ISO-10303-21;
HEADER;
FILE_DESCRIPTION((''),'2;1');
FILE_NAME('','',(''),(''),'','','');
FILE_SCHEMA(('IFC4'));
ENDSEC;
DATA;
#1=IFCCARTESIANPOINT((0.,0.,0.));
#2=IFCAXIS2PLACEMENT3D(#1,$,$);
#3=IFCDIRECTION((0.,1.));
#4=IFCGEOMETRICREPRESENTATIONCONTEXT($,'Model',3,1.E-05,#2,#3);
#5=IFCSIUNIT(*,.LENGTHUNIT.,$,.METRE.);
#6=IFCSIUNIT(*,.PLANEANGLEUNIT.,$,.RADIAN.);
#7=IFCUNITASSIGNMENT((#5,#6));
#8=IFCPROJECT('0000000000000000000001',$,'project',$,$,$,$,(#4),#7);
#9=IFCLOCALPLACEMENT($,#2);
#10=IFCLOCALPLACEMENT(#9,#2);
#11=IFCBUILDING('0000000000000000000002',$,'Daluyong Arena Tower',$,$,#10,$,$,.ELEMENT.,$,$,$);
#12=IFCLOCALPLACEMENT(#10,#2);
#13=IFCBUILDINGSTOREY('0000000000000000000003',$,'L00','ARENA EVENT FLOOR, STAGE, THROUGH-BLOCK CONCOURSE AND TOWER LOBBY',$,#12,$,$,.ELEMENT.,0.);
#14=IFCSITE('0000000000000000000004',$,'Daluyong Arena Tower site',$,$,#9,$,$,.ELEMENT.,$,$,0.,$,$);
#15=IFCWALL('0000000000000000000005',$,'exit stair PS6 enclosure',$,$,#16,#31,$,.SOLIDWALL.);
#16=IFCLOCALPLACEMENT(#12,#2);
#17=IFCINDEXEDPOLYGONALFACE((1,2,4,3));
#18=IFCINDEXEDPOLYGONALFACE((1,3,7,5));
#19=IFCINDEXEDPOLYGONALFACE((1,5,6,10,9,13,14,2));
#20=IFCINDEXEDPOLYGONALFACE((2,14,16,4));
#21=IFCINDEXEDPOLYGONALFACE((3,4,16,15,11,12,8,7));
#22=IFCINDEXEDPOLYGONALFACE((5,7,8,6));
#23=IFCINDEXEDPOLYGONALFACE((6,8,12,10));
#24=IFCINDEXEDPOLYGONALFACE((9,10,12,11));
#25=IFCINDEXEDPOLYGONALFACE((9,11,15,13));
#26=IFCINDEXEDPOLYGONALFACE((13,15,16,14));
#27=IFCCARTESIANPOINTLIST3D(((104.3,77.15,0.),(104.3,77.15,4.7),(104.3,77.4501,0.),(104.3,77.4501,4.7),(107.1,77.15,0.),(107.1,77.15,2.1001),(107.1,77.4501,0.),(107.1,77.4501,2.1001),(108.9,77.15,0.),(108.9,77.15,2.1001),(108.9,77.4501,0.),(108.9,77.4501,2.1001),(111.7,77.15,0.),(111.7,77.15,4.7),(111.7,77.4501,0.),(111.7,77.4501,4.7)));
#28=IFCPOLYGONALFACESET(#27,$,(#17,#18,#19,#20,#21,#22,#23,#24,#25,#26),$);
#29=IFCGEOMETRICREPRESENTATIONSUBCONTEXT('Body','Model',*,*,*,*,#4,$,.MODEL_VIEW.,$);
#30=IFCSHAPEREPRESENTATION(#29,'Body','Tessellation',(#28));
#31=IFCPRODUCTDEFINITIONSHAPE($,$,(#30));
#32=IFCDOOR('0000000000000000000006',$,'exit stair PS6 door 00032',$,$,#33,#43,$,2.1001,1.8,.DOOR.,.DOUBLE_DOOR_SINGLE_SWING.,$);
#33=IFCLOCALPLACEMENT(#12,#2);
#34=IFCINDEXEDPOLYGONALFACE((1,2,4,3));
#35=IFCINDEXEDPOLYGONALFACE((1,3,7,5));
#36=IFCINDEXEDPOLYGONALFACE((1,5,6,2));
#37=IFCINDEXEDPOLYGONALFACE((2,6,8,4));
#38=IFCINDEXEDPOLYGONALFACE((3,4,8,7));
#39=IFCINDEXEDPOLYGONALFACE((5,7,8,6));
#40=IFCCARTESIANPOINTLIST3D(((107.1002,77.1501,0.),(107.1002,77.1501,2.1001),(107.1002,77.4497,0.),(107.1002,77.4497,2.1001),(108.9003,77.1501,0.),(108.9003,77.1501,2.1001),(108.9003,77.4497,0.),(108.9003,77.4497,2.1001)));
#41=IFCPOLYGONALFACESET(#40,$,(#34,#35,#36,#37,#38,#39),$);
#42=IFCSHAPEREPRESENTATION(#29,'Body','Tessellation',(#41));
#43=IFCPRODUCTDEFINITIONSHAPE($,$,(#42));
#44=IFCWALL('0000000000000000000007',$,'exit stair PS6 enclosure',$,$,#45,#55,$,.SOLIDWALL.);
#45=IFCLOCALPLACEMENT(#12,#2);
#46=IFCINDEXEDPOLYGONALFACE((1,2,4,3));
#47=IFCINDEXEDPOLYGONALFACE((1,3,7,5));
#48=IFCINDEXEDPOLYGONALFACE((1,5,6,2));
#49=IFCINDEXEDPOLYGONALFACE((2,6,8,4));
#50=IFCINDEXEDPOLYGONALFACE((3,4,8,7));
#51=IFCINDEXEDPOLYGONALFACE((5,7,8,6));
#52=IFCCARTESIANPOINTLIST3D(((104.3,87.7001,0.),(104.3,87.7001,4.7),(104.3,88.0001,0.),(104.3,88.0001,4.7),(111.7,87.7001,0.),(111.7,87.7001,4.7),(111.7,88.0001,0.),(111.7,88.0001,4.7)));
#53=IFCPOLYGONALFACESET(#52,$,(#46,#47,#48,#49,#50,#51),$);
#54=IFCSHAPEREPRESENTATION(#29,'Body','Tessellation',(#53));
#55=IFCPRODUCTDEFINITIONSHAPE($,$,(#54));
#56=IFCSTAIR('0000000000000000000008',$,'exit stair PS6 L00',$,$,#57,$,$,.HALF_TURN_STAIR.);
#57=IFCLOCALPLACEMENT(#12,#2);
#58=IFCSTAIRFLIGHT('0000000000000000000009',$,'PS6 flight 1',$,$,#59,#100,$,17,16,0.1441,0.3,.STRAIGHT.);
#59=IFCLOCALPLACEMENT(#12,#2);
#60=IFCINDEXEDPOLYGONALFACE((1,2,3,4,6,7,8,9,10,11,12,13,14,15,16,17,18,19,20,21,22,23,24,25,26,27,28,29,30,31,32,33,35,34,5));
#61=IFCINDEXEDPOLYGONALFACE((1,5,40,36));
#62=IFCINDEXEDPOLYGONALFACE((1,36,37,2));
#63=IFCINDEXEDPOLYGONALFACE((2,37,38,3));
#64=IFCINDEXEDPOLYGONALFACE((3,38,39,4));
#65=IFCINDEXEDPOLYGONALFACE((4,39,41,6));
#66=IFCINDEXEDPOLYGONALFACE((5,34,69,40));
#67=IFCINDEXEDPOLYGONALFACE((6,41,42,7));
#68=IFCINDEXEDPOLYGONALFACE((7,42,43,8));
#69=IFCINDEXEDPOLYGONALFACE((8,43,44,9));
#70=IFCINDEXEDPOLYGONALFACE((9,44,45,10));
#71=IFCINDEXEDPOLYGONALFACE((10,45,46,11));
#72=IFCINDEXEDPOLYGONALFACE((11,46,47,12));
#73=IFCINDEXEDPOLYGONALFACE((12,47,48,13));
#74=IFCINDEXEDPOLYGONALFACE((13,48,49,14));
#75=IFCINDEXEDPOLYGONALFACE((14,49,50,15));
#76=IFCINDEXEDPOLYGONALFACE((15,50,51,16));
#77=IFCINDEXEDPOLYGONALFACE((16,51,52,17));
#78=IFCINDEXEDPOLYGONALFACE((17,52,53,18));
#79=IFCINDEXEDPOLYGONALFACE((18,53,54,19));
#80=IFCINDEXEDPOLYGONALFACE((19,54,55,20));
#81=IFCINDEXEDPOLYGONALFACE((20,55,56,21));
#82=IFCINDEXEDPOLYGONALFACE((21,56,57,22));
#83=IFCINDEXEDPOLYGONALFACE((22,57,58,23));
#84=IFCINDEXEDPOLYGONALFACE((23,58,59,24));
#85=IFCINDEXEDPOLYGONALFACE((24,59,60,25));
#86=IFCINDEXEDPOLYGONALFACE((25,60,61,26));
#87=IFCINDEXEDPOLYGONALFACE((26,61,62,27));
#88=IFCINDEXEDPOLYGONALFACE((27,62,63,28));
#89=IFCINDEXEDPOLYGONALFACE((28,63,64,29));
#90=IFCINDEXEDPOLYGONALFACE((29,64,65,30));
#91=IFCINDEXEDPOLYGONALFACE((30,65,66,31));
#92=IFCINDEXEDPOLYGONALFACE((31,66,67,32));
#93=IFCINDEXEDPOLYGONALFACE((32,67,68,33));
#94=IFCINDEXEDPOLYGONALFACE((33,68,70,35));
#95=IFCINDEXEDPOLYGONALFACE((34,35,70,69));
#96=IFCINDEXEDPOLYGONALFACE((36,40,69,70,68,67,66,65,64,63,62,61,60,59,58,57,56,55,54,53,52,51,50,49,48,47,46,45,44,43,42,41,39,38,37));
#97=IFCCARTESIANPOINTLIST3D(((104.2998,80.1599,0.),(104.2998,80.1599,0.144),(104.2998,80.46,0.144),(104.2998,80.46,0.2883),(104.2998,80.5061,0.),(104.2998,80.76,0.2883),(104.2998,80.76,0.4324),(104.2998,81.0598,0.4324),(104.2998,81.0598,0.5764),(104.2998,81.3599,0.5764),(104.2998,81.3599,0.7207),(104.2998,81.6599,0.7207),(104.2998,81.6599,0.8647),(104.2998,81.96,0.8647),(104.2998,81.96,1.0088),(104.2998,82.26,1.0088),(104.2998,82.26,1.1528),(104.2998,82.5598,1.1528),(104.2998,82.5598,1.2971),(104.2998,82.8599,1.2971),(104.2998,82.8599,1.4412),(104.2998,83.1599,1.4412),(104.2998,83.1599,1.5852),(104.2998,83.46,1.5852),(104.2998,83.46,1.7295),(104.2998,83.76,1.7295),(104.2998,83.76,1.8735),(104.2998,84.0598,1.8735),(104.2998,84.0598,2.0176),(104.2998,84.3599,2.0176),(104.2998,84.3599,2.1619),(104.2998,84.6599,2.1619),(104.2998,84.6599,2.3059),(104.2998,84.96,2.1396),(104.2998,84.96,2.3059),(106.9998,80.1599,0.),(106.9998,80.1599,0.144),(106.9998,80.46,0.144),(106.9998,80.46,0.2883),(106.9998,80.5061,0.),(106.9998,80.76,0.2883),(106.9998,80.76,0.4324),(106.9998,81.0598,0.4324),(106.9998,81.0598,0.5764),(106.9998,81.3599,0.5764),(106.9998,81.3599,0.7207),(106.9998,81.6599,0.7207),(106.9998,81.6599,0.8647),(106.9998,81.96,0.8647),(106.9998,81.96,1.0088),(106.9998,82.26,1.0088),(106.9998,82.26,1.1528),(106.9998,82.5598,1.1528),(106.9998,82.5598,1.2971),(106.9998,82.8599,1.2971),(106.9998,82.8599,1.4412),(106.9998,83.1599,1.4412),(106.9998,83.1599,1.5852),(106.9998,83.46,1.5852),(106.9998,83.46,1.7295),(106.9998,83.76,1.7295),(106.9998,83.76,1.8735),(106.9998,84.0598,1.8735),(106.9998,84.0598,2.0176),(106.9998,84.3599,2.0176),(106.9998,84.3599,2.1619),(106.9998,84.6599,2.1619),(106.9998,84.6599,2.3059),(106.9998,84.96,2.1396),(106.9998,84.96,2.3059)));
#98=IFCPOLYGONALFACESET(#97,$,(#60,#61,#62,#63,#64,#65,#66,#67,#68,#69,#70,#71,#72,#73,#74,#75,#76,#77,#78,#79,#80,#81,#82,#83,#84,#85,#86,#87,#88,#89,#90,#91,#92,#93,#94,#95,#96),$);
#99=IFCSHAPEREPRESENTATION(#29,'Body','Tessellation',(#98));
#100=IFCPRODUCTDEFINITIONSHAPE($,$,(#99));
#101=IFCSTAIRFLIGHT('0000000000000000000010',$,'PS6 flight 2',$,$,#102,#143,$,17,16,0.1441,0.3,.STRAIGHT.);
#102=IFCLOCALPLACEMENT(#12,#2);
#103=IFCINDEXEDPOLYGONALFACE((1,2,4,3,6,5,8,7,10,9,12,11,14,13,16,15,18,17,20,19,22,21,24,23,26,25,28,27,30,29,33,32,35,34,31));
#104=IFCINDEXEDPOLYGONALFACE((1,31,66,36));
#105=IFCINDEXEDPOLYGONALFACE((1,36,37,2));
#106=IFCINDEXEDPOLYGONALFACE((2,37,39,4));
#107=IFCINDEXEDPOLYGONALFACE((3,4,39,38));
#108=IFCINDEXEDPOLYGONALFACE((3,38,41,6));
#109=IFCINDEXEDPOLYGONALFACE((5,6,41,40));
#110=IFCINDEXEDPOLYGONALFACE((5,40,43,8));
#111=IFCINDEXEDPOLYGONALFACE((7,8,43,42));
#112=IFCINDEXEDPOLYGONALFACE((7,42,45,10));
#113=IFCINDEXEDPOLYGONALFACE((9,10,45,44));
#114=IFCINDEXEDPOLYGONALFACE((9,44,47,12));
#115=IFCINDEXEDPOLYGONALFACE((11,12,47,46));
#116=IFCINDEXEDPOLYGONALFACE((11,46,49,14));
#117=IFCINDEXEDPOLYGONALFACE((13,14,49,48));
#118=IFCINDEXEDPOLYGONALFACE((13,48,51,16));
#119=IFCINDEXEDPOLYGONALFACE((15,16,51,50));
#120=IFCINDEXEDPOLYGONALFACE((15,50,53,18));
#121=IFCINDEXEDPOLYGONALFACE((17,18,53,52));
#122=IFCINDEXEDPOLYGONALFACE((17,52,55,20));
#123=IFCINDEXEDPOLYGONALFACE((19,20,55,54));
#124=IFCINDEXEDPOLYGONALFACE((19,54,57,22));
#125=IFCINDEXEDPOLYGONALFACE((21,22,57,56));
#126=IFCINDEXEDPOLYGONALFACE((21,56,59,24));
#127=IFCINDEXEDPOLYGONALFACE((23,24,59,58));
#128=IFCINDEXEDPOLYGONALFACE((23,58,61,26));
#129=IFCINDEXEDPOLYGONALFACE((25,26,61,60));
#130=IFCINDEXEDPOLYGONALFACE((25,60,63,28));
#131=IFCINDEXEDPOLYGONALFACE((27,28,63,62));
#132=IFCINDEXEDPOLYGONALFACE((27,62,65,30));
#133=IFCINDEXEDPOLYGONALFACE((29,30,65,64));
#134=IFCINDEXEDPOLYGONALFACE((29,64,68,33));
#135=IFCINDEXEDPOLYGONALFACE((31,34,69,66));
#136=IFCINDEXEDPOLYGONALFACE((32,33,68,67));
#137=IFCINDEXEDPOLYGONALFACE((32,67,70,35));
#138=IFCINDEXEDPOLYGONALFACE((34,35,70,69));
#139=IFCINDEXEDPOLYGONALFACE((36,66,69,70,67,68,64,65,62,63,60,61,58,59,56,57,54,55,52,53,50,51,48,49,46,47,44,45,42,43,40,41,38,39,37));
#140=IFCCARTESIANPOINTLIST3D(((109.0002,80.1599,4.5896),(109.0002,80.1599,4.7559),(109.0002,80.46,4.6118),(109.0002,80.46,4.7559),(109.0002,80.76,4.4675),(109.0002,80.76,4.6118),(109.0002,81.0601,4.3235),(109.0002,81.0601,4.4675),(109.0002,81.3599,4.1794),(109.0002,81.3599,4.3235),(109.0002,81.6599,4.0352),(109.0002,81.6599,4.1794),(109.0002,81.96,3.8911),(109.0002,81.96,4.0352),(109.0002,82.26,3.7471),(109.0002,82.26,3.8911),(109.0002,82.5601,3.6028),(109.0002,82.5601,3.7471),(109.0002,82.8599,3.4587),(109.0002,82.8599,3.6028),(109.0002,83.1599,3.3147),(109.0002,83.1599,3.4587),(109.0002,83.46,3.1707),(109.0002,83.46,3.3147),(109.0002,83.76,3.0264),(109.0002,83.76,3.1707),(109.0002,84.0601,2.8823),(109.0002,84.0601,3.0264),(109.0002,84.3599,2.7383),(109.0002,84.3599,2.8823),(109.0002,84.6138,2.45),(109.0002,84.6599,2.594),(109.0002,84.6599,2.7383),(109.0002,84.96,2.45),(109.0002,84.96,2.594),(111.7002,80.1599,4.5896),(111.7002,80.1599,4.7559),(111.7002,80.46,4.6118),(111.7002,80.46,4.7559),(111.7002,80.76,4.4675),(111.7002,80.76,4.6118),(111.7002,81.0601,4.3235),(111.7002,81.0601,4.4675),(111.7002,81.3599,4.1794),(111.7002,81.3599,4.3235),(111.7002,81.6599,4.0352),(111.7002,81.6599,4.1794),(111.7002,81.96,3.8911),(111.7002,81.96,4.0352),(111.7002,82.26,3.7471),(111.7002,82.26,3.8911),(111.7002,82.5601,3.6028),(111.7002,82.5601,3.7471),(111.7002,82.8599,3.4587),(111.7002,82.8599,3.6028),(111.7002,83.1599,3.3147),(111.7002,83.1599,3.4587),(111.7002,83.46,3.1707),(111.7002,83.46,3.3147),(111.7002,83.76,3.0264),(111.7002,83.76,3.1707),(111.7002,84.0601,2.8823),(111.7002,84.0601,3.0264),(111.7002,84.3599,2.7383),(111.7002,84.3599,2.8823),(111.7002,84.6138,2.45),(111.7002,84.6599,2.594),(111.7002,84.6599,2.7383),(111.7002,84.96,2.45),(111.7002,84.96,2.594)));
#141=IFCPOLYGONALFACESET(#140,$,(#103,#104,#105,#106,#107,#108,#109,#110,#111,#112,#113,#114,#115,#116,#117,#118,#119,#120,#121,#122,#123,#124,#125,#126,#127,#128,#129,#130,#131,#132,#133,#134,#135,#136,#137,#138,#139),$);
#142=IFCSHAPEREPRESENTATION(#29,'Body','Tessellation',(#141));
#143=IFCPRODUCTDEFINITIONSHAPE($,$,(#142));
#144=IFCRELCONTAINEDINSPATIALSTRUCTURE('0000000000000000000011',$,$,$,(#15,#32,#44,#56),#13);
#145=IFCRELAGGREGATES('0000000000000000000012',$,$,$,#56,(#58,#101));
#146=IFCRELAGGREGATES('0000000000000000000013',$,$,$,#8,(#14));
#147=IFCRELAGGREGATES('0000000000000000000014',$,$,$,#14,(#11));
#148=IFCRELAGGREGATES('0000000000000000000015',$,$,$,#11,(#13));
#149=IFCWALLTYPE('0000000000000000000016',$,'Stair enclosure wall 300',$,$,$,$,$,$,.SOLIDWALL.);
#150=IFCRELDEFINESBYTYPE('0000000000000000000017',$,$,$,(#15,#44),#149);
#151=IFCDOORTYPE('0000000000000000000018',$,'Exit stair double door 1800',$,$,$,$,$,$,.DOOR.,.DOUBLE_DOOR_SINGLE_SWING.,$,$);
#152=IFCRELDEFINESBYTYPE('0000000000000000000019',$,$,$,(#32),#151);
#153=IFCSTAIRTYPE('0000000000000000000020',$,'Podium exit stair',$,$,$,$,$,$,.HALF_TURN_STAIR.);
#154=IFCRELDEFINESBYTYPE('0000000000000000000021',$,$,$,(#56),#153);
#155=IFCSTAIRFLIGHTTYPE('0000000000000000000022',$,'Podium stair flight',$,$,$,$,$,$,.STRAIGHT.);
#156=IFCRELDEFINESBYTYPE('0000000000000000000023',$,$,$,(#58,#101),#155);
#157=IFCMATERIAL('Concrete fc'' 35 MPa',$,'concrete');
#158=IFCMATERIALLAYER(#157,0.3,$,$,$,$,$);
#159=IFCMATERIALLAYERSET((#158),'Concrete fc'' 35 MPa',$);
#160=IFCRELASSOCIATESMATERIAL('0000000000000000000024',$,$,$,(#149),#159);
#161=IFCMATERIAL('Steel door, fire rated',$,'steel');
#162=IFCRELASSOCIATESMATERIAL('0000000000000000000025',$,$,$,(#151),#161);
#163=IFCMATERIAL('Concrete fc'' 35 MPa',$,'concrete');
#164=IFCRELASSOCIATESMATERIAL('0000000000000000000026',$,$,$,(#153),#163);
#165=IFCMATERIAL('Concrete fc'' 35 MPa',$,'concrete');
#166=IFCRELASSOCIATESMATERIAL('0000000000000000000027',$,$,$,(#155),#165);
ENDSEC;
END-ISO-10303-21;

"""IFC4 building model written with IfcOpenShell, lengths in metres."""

from ifc_helpers import new_model, si_unit, direction, frame, frame_2d, origin, place, context, subcontext, project, spatial, polyline, rectangle, outline, extrude, material, layer, layer_set, type_object, element, fill, aggregate, save


model = new_model("IFC4")

# Units and contexts
model_context = context("Model", 3, precision=1e-05, world=origin(), true_north=direction((0.0, 1.0)))
body_context = subcontext(model_context, "Body", "Model", "MODEL_VIEW")
ifc_project = project(units=[si_unit("LENGTHUNIT", "METRE"), si_unit("PLANEANGLEUNIT", "RADIAN")], contexts=[model_context])

# Site, building, storey
site_placement = place(None, origin())
site = spatial("IfcSite", under=ifc_project, at=site_placement, Name="Daluyong Arena Tower site", CompositionType="ELEMENT", RefElevation=0.0)
building_placement = place(site_placement, origin())
building = spatial("IfcBuilding", under=site, at=building_placement, Name="Daluyong Arena Tower", CompositionType="ELEMENT")
storey_placement = place(building_placement, origin())
storey = spatial("IfcBuildingStorey", under=building, at=storey_placement, Name="L00", Description="ARENA EVENT FLOOR, STAGE, THROUGH-BLOCK CONCOURSE AND TOWER LOBBY", CompositionType="ELEMENT", Elevation=0.0)

# Shared definitions
ifc_material_1 = material(Name="Concrete fc' 35 MPa", Category="concrete")
ifc_layer_1 = layer(ifc_material_1, 0.3)
ifc_layer_set_1 = layer_set([ifc_layer_1], Name="Concrete fc' 35 MPa")
wall_type = type_object("IfcWallType", Name="Stair enclosure wall 300", PredefinedType="SOLIDWALL", material=ifc_layer_set_1)

# Wall, opening, door
wall_1_placement = place(storey_placement, frame((104.3, 77.3, 0.0), z_axis=(0.0, 0.0, 1.0), x_axis=(1.0, 0.0, 0.0)))
wall_1 = element("IfcWall", 1, at=wall_1_placement, inside=storey, type_object=wall_type, Name="exit stair PS6 enclosure", PredefinedType="SOLIDWALL", context=body_context, shape_type="SweptSolid", body=[
    extrude(rectangle(XDim=7.3999, YDim=0.3, at=frame_2d((3.7, 0.0))), origin(), (0.0, 0.0, 1.0), 4.7),
])
opening_placement = place(wall_1_placement, frame((2.8, 0.0, 0.0)))
opening = element("IfcOpeningElement", 2, at=opening_placement, cuts=wall_1, PredefinedType="OPENING", context=body_context, shape_type="SweptSolid", body=[
    extrude(rectangle(XDim=1.8, YDim=2.1001, at=frame_2d((0.8999, 1.05))), frame((0.0, 0.1599, 0.0), z_axis=(0.0, -1.0, 0.0), x_axis=(1.0, 0.0, 0.0)), (0.0, 0.0, 1.0), 0.3201),
])
ifc_material_2 = material(Name="Steel door, fire rated", Category="steel")
door_type = type_object("IfcDoorType", Name="Exit stair double door 1800", OperationType="DOUBLE_DOOR_SINGLE_SWING", PredefinedType="DOOR", material=ifc_material_2)
door_placement = place(opening_placement, frame((1.8, 0.0, 0.0), z_axis=(0.0, 0.0, 1.0), x_axis=(-1.0, 0.0, 0.0)))
door = element("IfcDoor", 3, at=door_placement, inside=storey, type_object=door_type, Name="exit stair PS6 door 00032", OperationType="DOUBLE_DOOR_SINGLE_SWING", OverallHeight=2.1001, OverallWidth=1.8, PredefinedType="DOOR", context=body_context, shape_type="SweptSolid", body=[
    extrude(rectangle(XDim=1.8, YDim=2.1001, at=frame_2d((0.8999, 1.05))), frame((0.0, 0.1499, 0.0), z_axis=(0.0, -1.0, 0.0), x_axis=(1.0, 0.0, 0.0)), (0.0, 0.0, 1.0), 0.2996),
])
fill(opening, door)

# Wall
wall_2_placement = place(storey_placement, frame((104.3, 87.8501, 0.0), z_axis=(0.0, 0.0, 1.0), x_axis=(1.0, 0.0, 0.0)))
element("IfcWall", 4, at=wall_2_placement, inside=storey, type_object=wall_type, Name="exit stair PS6 enclosure", PredefinedType="SOLIDWALL", context=body_context, shape_type="SweptSolid", body=[
    extrude(rectangle(XDim=7.3999, YDim=0.3, at=frame_2d((3.7, 0.0))), origin(), (0.0, 0.0, 1.0), 4.7),
])

# Stair, stair flights
ifc_material_3 = material(Name="Concrete fc' 35 MPa", Category="concrete")
stair_type = type_object("IfcStairType", Name="Podium exit stair", PredefinedType="HALF_TURN_STAIR", material=ifc_material_3)
stair_placement = place(storey_placement, origin())
stair = element("IfcStair", 5, at=stair_placement, inside=storey, type_object=stair_type, Name="exit stair PS6 L00", PredefinedType="HALF_TURN_STAIR")
ifc_material_4 = material(Name="Concrete fc' 35 MPa", Category="concrete")
stair_flight_type = type_object("IfcStairFlightType", Name="Podium stair flight", PredefinedType="STRAIGHT", material=ifc_material_4)
stair_flight_1_placement = place(storey_placement, frame((105.6499, 80.1599, 0.0), z_axis=(0.0, 0.0, 1.0), x_axis=(0.0, 1.0, 0.0)))
stair_flight_1 = element("IfcStairFlight", 6, at=stair_flight_1_placement, type_object=stair_flight_type, Name="PS6 flight 1", NumberOfRisers=17, NumberOfTreads=16, PredefinedType="STRAIGHT", RiserHeight=0.1441, TreadLength=0.3, context=body_context, shape_type="SweptSolid", body=[
    extrude(outline(polyline([(0.0, 0.0), (0.0, 0.144), (0.3, 0.144), (0.3, 0.2883), (0.6001, 0.2883), (0.6001, 0.4324), (0.8999, 0.4324), (0.8999, 0.5764), (1.2, 0.5764), (1.2, 0.7207), (1.5, 0.7207), (1.5, 0.8647), (1.8, 0.8647), (1.8, 1.0088), (2.1001, 1.0088), (2.1001, 1.1528), (2.3999, 1.1528), (2.3999, 1.2971), (2.7, 1.2971), (2.7, 1.4412), (3.0, 1.4412), (3.0, 1.5852), (3.3, 1.5852), (3.3, 1.7295), (3.6001, 1.7295), (3.6001, 1.8735), (3.8999, 1.8735), (3.8999, 2.0176), (4.2, 2.0176), (4.2, 2.1619), (4.5, 2.1619), (4.5, 2.3059), (4.8, 2.3059), (4.8, 2.45), (4.8, 2.1396), (0.3462, 0.0), (0.0, 0.0)])), frame((0.0, 1.3501, 0.0), z_axis=(0.0, -1.0, 0.0), x_axis=(1.0, 0.0, 0.0)), (0.0, 0.0, 1.0), 2.7),
])
stair_flight_2_placement = place(storey_placement, frame((110.3501, 84.96, 2.45), z_axis=(0.0, 0.0, 1.0), x_axis=(0.0, -1.0, 0.0)))
stair_flight_2 = element("IfcStairFlight", 7, at=stair_flight_2_placement, type_object=stair_flight_type, Name="PS6 flight 2", NumberOfRisers=17, NumberOfTreads=16, PredefinedType="STRAIGHT", RiserHeight=0.1441, TreadLength=0.3, context=body_context, shape_type="SweptSolid", body=[
    extrude(outline(polyline([(0.0, 0.0), (0.0, 0.144), (0.3, 0.144), (0.3, 0.2883), (0.6001, 0.2883), (0.6001, 0.4324), (0.8999, 0.4324), (0.8999, 0.5764), (1.2, 0.5764), (1.2, 0.7207), (1.5, 0.7207), (1.5, 0.8647), (1.8, 0.8647), (1.8, 1.0088), (2.1001, 1.0088), (2.1001, 1.1528), (2.3999, 1.1528), (2.3999, 1.2971), (2.7, 1.2971), (2.7, 1.4412), (3.0, 1.4412), (3.0, 1.5852), (3.3, 1.5852), (3.3, 1.7295), (3.6001, 1.7295), (3.6001, 1.8735), (3.8999, 1.8735), (3.8999, 2.0176), (4.2, 2.0176), (4.2, 2.1619), (4.5, 2.1619), (4.5, 2.3059), (4.8, 2.3059), (4.8, 2.45), (4.8, 2.1396), (0.3462, 0.0), (0.0, 0.0)])), frame((0.0, 1.3501, 0.0), z_axis=(0.0, -1.0, 0.0), x_axis=(1.0, 0.0, 0.0)), (0.0, 0.0, 1.0), 2.7),
])
aggregate(stair, [stair_flight_1, stair_flight_2])

save(model, "model.ifc")
